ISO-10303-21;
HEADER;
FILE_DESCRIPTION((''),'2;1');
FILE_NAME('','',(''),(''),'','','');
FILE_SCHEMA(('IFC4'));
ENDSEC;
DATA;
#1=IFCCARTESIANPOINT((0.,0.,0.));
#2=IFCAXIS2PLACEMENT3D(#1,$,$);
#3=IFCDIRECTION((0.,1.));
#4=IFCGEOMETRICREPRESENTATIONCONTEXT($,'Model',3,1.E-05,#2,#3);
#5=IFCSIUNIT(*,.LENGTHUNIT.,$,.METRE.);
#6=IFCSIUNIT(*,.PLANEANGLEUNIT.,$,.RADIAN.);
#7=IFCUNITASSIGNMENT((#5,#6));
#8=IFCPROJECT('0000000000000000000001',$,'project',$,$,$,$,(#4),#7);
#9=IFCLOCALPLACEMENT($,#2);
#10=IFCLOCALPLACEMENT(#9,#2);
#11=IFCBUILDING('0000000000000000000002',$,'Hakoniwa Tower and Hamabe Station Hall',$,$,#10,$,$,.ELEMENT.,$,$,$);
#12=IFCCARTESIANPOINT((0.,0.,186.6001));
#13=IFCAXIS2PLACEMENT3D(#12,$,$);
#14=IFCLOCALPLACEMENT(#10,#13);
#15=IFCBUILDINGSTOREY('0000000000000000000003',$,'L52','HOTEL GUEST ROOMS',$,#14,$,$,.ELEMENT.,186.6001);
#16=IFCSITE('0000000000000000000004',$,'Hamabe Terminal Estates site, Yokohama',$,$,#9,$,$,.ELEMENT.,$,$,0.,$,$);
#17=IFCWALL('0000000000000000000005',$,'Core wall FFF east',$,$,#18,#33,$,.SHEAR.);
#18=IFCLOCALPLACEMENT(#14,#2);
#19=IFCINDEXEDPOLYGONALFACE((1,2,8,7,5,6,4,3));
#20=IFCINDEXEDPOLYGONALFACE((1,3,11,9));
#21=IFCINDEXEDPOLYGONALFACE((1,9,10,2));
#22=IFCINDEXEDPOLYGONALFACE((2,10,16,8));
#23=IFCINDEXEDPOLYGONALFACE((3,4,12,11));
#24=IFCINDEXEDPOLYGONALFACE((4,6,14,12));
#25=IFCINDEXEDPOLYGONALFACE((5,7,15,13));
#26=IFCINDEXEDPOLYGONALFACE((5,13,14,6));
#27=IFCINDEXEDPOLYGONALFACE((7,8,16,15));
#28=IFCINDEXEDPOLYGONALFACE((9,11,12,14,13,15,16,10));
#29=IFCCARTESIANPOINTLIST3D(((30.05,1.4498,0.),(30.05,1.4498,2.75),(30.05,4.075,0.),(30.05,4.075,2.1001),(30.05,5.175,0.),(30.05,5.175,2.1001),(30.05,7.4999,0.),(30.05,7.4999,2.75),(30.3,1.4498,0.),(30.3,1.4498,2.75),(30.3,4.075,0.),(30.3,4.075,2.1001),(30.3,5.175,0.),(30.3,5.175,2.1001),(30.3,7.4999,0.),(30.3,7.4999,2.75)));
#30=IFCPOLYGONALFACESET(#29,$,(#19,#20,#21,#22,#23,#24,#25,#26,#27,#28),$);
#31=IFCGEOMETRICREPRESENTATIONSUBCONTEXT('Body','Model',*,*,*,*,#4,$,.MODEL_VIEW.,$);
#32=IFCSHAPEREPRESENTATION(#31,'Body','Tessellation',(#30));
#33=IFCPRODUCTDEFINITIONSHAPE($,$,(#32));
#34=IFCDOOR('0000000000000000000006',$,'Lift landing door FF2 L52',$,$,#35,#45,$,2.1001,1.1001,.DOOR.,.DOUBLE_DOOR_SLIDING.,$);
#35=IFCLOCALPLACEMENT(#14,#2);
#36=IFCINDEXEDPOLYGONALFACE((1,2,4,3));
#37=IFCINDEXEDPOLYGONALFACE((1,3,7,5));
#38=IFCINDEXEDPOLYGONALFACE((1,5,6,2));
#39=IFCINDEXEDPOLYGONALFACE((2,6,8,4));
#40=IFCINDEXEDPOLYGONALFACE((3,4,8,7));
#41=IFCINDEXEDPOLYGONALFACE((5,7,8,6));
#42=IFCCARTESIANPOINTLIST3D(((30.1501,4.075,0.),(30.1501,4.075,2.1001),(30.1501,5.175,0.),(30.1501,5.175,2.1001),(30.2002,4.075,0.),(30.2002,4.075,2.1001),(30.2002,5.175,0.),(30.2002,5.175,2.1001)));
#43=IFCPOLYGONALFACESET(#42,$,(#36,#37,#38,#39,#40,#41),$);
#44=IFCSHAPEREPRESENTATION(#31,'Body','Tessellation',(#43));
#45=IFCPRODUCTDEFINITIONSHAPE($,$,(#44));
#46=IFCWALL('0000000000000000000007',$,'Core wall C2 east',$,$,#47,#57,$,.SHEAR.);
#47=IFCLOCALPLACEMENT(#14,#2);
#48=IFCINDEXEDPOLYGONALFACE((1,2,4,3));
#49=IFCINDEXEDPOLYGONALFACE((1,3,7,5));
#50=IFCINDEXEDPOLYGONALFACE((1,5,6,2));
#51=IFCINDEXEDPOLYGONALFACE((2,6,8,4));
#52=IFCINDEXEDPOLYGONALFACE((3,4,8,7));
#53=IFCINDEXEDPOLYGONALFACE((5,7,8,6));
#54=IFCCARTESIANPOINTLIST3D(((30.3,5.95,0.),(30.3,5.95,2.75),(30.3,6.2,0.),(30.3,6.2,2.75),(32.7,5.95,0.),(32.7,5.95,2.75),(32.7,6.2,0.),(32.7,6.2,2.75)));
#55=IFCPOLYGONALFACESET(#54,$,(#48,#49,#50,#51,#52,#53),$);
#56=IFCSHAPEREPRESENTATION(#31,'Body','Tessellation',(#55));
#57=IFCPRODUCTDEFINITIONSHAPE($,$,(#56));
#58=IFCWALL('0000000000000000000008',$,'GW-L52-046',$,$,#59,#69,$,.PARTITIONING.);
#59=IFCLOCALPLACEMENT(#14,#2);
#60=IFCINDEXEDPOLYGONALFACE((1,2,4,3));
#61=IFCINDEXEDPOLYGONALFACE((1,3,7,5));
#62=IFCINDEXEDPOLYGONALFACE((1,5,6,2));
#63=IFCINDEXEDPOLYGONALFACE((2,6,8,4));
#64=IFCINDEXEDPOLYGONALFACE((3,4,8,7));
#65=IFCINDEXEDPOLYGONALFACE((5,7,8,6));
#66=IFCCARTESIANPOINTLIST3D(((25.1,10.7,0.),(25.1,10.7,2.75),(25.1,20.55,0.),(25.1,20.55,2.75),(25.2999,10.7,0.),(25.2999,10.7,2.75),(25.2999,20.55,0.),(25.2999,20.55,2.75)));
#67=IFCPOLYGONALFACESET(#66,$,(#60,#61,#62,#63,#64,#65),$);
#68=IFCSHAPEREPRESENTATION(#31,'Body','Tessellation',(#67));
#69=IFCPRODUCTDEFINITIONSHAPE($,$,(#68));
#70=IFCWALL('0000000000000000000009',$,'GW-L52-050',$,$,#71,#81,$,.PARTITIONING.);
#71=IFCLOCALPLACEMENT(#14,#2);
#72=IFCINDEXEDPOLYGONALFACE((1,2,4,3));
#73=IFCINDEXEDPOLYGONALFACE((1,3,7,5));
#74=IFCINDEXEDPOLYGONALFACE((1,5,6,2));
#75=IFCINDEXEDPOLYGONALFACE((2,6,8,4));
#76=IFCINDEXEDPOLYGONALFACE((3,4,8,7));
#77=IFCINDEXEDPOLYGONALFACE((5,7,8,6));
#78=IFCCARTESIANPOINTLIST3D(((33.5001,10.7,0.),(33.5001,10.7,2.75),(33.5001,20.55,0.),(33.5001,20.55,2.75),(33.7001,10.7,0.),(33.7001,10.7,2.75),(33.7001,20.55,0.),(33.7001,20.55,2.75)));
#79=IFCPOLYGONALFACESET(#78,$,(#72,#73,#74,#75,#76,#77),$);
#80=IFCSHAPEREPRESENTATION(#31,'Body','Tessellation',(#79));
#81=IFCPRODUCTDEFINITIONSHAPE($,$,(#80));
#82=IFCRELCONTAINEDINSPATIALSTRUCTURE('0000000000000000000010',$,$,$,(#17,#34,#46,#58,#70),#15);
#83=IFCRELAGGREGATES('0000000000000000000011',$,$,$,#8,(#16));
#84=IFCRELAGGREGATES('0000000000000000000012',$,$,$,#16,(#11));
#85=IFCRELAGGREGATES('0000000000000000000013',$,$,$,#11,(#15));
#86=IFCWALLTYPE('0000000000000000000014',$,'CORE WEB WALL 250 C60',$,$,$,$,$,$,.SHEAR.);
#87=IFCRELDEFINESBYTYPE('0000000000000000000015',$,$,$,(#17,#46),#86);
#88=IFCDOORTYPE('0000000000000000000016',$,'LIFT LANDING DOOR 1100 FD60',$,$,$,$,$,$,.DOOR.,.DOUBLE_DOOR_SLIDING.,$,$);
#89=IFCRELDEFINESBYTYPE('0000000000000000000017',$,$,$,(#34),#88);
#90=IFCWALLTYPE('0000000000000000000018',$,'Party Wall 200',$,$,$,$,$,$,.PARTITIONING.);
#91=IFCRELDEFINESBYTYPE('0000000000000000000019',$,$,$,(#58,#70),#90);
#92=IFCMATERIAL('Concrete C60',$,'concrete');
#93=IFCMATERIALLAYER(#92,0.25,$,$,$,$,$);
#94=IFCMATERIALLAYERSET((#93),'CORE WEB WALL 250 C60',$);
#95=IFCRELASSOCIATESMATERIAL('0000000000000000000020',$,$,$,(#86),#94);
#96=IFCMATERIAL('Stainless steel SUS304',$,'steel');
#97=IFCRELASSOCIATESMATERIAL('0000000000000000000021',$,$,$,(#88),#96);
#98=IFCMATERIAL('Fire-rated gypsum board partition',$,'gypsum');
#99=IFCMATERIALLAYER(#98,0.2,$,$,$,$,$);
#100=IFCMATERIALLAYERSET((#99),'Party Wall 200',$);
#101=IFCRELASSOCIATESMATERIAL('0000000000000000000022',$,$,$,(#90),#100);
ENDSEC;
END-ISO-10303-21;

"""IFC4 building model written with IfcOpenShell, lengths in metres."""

from ifc_helpers import new_model, si_unit, direction, frame, frame_2d, origin, place, context, subcontext, project, spatial, rectangle, extrude, material, layer, layer_set, type_object, element, fill, save


model = new_model("IFC4")

# Units and contexts
model_context = context("Model", 3, precision=1e-05, world=origin(), true_north=direction((0.0, 1.0)))
body_context = subcontext(model_context, "Body", "Model", "MODEL_VIEW")
ifc_project = project(units=[si_unit("LENGTHUNIT", "METRE"), si_unit("PLANEANGLEUNIT", "RADIAN")], contexts=[model_context])

# Site, building, storey
site_placement = place(None, origin())
site = spatial("IfcSite", under=ifc_project, at=site_placement, Name="Hamabe Terminal Estates site, Yokohama", CompositionType="ELEMENT", RefElevation=0.0)
building_placement = place(site_placement, origin())
building = spatial("IfcBuilding", under=site, at=building_placement, Name="Hakoniwa Tower and Hamabe Station Hall", CompositionType="ELEMENT")
storey_placement = place(building_placement, frame((0.0, 0.0, 186.6001)))
storey = spatial("IfcBuildingStorey", under=building, at=storey_placement, Name="L52", Description="HOTEL GUEST ROOMS", CompositionType="ELEMENT", Elevation=186.6001)

# Shared definitions
ifc_material_1 = material(Name="Concrete C60", Category="concrete")
ifc_layer_1 = layer(ifc_material_1, 0.25)
ifc_layer_set_1 = layer_set([ifc_layer_1], Name="CORE WEB WALL 250 C60")
wall_type_1 = type_object("IfcWallType", Name="CORE WEB WALL 250 C60", PredefinedType="SHEAR", material=ifc_layer_set_1)

# Wall, opening, door
wall_1_placement = place(storey_placement, frame((30.175, 1.45, 0.0), z_axis=(0.0, 0.0, 1.0), x_axis=(0.0, 1.0, 0.0)))
wall_1 = element("IfcWall", 1, at=wall_1_placement, inside=storey, type_object=wall_type_1, Name="Core wall FFF east", PredefinedType="SHEAR", context=body_context, shape_type="SweptSolid", body=[
    extrude(rectangle(XDim=6.05, YDim=0.25, at=frame_2d((3.0249, 0.0))), origin(), (0.0, 0.0, 1.0), 2.75),
])
opening_1_placement = place(wall_1_placement, frame((2.625, 0.0, 0.0)))
opening_1 = element("IfcOpeningElement", 2, at=opening_1_placement, cuts=wall_1, PredefinedType="OPENING", context=body_context, shape_type="SweptSolid", body=[
    extrude(rectangle(XDim=1.1001, YDim=2.1001, at=frame_2d((0.55, 1.05))), frame((0.0, 0.135, 0.0), z_axis=(0.0, -1.0, 0.0), x_axis=(1.0, 0.0, 0.0)), (0.0, 0.0, 1.0), 0.27),
])
ifc_material_2 = material(Name="Stainless steel SUS304", Category="steel")
door_type_1 = type_object("IfcDoorType", Name="LIFT LANDING DOOR 1100 FD60", OperationType="DOUBLE_DOOR_SLIDING", PredefinedType="DOOR", material=ifc_material_2)
door_1_placement = place(opening_1_placement, origin())
door_1 = element("IfcDoor", 3, at=door_1_placement, inside=storey, type_object=door_type_1, Name="Lift landing door FF2 L52", OperationType="DOUBLE_DOOR_SLIDING", OverallHeight=2.1001, OverallWidth=1.1001, PredefinedType="DOOR", context=body_context, shape_type="SweptSolid", body=[
    extrude(rectangle(XDim=1.1001, YDim=2.1001, at=frame_2d((0.55, 1.05))), frame((0.0, 0.0249, 0.0), z_axis=(0.0, -1.0, 0.0), x_axis=(1.0, 0.0, 0.0)), (0.0, 0.0, 1.0), 0.05),
])
fill(opening_1, door_1)

# Walls
wall_2_placement = place(storey_placement, frame((30.3, 6.075, 0.0), z_axis=(0.0, 0.0, 1.0), x_axis=(1.0, 0.0, 0.0)))
element("IfcWall", 4, at=wall_2_placement, inside=storey, type_object=wall_type_1, Name="Core wall C2 east", PredefinedType="SHEAR", context=body_context, shape_type="SweptSolid", body=[
    extrude(rectangle(XDim=2.3999, YDim=0.25, at=frame_2d((1.2, 0.0))), origin(), (0.0, 0.0, 1.0), 2.75),
])
ifc_material_3 = material(Name="Fire-rated gypsum board partition", Category="gypsum")
ifc_layer_2 = layer(ifc_material_3, 0.2)
ifc_layer_set_2 = layer_set([ifc_layer_2], Name="Party Wall 200")
wall_type_2 = type_object("IfcWallType", Name="Party Wall 200", PredefinedType="PARTITIONING", material=ifc_layer_set_2)
for number, where, z_axis, x_axis, name in (
    (5, (25.2, 10.7, 0.0), (0.0, 0.0, 1.0), (0.0, 1.0, 0.0), "GW-L52-046"),
    (6, (33.6001, 10.7, 0.0), (0.0, 0.0, 1.0), (0.0, 1.0, 0.0), "GW-L52-050"),
):
    element("IfcWall", number, at=place(storey_placement, frame(where, z_axis=z_axis, x_axis=x_axis)), inside=storey, type_object=wall_type_2, Name=name, PredefinedType="PARTITIONING", context=body_context, shape_type="SweptSolid", body=[
        extrude(rectangle(XDim=9.8501, YDim=0.2, at=frame_2d((4.925, 0.0))), origin(), (0.0, 0.0, 1.0), 2.75),
    ])

save(model, "model.ifc")
